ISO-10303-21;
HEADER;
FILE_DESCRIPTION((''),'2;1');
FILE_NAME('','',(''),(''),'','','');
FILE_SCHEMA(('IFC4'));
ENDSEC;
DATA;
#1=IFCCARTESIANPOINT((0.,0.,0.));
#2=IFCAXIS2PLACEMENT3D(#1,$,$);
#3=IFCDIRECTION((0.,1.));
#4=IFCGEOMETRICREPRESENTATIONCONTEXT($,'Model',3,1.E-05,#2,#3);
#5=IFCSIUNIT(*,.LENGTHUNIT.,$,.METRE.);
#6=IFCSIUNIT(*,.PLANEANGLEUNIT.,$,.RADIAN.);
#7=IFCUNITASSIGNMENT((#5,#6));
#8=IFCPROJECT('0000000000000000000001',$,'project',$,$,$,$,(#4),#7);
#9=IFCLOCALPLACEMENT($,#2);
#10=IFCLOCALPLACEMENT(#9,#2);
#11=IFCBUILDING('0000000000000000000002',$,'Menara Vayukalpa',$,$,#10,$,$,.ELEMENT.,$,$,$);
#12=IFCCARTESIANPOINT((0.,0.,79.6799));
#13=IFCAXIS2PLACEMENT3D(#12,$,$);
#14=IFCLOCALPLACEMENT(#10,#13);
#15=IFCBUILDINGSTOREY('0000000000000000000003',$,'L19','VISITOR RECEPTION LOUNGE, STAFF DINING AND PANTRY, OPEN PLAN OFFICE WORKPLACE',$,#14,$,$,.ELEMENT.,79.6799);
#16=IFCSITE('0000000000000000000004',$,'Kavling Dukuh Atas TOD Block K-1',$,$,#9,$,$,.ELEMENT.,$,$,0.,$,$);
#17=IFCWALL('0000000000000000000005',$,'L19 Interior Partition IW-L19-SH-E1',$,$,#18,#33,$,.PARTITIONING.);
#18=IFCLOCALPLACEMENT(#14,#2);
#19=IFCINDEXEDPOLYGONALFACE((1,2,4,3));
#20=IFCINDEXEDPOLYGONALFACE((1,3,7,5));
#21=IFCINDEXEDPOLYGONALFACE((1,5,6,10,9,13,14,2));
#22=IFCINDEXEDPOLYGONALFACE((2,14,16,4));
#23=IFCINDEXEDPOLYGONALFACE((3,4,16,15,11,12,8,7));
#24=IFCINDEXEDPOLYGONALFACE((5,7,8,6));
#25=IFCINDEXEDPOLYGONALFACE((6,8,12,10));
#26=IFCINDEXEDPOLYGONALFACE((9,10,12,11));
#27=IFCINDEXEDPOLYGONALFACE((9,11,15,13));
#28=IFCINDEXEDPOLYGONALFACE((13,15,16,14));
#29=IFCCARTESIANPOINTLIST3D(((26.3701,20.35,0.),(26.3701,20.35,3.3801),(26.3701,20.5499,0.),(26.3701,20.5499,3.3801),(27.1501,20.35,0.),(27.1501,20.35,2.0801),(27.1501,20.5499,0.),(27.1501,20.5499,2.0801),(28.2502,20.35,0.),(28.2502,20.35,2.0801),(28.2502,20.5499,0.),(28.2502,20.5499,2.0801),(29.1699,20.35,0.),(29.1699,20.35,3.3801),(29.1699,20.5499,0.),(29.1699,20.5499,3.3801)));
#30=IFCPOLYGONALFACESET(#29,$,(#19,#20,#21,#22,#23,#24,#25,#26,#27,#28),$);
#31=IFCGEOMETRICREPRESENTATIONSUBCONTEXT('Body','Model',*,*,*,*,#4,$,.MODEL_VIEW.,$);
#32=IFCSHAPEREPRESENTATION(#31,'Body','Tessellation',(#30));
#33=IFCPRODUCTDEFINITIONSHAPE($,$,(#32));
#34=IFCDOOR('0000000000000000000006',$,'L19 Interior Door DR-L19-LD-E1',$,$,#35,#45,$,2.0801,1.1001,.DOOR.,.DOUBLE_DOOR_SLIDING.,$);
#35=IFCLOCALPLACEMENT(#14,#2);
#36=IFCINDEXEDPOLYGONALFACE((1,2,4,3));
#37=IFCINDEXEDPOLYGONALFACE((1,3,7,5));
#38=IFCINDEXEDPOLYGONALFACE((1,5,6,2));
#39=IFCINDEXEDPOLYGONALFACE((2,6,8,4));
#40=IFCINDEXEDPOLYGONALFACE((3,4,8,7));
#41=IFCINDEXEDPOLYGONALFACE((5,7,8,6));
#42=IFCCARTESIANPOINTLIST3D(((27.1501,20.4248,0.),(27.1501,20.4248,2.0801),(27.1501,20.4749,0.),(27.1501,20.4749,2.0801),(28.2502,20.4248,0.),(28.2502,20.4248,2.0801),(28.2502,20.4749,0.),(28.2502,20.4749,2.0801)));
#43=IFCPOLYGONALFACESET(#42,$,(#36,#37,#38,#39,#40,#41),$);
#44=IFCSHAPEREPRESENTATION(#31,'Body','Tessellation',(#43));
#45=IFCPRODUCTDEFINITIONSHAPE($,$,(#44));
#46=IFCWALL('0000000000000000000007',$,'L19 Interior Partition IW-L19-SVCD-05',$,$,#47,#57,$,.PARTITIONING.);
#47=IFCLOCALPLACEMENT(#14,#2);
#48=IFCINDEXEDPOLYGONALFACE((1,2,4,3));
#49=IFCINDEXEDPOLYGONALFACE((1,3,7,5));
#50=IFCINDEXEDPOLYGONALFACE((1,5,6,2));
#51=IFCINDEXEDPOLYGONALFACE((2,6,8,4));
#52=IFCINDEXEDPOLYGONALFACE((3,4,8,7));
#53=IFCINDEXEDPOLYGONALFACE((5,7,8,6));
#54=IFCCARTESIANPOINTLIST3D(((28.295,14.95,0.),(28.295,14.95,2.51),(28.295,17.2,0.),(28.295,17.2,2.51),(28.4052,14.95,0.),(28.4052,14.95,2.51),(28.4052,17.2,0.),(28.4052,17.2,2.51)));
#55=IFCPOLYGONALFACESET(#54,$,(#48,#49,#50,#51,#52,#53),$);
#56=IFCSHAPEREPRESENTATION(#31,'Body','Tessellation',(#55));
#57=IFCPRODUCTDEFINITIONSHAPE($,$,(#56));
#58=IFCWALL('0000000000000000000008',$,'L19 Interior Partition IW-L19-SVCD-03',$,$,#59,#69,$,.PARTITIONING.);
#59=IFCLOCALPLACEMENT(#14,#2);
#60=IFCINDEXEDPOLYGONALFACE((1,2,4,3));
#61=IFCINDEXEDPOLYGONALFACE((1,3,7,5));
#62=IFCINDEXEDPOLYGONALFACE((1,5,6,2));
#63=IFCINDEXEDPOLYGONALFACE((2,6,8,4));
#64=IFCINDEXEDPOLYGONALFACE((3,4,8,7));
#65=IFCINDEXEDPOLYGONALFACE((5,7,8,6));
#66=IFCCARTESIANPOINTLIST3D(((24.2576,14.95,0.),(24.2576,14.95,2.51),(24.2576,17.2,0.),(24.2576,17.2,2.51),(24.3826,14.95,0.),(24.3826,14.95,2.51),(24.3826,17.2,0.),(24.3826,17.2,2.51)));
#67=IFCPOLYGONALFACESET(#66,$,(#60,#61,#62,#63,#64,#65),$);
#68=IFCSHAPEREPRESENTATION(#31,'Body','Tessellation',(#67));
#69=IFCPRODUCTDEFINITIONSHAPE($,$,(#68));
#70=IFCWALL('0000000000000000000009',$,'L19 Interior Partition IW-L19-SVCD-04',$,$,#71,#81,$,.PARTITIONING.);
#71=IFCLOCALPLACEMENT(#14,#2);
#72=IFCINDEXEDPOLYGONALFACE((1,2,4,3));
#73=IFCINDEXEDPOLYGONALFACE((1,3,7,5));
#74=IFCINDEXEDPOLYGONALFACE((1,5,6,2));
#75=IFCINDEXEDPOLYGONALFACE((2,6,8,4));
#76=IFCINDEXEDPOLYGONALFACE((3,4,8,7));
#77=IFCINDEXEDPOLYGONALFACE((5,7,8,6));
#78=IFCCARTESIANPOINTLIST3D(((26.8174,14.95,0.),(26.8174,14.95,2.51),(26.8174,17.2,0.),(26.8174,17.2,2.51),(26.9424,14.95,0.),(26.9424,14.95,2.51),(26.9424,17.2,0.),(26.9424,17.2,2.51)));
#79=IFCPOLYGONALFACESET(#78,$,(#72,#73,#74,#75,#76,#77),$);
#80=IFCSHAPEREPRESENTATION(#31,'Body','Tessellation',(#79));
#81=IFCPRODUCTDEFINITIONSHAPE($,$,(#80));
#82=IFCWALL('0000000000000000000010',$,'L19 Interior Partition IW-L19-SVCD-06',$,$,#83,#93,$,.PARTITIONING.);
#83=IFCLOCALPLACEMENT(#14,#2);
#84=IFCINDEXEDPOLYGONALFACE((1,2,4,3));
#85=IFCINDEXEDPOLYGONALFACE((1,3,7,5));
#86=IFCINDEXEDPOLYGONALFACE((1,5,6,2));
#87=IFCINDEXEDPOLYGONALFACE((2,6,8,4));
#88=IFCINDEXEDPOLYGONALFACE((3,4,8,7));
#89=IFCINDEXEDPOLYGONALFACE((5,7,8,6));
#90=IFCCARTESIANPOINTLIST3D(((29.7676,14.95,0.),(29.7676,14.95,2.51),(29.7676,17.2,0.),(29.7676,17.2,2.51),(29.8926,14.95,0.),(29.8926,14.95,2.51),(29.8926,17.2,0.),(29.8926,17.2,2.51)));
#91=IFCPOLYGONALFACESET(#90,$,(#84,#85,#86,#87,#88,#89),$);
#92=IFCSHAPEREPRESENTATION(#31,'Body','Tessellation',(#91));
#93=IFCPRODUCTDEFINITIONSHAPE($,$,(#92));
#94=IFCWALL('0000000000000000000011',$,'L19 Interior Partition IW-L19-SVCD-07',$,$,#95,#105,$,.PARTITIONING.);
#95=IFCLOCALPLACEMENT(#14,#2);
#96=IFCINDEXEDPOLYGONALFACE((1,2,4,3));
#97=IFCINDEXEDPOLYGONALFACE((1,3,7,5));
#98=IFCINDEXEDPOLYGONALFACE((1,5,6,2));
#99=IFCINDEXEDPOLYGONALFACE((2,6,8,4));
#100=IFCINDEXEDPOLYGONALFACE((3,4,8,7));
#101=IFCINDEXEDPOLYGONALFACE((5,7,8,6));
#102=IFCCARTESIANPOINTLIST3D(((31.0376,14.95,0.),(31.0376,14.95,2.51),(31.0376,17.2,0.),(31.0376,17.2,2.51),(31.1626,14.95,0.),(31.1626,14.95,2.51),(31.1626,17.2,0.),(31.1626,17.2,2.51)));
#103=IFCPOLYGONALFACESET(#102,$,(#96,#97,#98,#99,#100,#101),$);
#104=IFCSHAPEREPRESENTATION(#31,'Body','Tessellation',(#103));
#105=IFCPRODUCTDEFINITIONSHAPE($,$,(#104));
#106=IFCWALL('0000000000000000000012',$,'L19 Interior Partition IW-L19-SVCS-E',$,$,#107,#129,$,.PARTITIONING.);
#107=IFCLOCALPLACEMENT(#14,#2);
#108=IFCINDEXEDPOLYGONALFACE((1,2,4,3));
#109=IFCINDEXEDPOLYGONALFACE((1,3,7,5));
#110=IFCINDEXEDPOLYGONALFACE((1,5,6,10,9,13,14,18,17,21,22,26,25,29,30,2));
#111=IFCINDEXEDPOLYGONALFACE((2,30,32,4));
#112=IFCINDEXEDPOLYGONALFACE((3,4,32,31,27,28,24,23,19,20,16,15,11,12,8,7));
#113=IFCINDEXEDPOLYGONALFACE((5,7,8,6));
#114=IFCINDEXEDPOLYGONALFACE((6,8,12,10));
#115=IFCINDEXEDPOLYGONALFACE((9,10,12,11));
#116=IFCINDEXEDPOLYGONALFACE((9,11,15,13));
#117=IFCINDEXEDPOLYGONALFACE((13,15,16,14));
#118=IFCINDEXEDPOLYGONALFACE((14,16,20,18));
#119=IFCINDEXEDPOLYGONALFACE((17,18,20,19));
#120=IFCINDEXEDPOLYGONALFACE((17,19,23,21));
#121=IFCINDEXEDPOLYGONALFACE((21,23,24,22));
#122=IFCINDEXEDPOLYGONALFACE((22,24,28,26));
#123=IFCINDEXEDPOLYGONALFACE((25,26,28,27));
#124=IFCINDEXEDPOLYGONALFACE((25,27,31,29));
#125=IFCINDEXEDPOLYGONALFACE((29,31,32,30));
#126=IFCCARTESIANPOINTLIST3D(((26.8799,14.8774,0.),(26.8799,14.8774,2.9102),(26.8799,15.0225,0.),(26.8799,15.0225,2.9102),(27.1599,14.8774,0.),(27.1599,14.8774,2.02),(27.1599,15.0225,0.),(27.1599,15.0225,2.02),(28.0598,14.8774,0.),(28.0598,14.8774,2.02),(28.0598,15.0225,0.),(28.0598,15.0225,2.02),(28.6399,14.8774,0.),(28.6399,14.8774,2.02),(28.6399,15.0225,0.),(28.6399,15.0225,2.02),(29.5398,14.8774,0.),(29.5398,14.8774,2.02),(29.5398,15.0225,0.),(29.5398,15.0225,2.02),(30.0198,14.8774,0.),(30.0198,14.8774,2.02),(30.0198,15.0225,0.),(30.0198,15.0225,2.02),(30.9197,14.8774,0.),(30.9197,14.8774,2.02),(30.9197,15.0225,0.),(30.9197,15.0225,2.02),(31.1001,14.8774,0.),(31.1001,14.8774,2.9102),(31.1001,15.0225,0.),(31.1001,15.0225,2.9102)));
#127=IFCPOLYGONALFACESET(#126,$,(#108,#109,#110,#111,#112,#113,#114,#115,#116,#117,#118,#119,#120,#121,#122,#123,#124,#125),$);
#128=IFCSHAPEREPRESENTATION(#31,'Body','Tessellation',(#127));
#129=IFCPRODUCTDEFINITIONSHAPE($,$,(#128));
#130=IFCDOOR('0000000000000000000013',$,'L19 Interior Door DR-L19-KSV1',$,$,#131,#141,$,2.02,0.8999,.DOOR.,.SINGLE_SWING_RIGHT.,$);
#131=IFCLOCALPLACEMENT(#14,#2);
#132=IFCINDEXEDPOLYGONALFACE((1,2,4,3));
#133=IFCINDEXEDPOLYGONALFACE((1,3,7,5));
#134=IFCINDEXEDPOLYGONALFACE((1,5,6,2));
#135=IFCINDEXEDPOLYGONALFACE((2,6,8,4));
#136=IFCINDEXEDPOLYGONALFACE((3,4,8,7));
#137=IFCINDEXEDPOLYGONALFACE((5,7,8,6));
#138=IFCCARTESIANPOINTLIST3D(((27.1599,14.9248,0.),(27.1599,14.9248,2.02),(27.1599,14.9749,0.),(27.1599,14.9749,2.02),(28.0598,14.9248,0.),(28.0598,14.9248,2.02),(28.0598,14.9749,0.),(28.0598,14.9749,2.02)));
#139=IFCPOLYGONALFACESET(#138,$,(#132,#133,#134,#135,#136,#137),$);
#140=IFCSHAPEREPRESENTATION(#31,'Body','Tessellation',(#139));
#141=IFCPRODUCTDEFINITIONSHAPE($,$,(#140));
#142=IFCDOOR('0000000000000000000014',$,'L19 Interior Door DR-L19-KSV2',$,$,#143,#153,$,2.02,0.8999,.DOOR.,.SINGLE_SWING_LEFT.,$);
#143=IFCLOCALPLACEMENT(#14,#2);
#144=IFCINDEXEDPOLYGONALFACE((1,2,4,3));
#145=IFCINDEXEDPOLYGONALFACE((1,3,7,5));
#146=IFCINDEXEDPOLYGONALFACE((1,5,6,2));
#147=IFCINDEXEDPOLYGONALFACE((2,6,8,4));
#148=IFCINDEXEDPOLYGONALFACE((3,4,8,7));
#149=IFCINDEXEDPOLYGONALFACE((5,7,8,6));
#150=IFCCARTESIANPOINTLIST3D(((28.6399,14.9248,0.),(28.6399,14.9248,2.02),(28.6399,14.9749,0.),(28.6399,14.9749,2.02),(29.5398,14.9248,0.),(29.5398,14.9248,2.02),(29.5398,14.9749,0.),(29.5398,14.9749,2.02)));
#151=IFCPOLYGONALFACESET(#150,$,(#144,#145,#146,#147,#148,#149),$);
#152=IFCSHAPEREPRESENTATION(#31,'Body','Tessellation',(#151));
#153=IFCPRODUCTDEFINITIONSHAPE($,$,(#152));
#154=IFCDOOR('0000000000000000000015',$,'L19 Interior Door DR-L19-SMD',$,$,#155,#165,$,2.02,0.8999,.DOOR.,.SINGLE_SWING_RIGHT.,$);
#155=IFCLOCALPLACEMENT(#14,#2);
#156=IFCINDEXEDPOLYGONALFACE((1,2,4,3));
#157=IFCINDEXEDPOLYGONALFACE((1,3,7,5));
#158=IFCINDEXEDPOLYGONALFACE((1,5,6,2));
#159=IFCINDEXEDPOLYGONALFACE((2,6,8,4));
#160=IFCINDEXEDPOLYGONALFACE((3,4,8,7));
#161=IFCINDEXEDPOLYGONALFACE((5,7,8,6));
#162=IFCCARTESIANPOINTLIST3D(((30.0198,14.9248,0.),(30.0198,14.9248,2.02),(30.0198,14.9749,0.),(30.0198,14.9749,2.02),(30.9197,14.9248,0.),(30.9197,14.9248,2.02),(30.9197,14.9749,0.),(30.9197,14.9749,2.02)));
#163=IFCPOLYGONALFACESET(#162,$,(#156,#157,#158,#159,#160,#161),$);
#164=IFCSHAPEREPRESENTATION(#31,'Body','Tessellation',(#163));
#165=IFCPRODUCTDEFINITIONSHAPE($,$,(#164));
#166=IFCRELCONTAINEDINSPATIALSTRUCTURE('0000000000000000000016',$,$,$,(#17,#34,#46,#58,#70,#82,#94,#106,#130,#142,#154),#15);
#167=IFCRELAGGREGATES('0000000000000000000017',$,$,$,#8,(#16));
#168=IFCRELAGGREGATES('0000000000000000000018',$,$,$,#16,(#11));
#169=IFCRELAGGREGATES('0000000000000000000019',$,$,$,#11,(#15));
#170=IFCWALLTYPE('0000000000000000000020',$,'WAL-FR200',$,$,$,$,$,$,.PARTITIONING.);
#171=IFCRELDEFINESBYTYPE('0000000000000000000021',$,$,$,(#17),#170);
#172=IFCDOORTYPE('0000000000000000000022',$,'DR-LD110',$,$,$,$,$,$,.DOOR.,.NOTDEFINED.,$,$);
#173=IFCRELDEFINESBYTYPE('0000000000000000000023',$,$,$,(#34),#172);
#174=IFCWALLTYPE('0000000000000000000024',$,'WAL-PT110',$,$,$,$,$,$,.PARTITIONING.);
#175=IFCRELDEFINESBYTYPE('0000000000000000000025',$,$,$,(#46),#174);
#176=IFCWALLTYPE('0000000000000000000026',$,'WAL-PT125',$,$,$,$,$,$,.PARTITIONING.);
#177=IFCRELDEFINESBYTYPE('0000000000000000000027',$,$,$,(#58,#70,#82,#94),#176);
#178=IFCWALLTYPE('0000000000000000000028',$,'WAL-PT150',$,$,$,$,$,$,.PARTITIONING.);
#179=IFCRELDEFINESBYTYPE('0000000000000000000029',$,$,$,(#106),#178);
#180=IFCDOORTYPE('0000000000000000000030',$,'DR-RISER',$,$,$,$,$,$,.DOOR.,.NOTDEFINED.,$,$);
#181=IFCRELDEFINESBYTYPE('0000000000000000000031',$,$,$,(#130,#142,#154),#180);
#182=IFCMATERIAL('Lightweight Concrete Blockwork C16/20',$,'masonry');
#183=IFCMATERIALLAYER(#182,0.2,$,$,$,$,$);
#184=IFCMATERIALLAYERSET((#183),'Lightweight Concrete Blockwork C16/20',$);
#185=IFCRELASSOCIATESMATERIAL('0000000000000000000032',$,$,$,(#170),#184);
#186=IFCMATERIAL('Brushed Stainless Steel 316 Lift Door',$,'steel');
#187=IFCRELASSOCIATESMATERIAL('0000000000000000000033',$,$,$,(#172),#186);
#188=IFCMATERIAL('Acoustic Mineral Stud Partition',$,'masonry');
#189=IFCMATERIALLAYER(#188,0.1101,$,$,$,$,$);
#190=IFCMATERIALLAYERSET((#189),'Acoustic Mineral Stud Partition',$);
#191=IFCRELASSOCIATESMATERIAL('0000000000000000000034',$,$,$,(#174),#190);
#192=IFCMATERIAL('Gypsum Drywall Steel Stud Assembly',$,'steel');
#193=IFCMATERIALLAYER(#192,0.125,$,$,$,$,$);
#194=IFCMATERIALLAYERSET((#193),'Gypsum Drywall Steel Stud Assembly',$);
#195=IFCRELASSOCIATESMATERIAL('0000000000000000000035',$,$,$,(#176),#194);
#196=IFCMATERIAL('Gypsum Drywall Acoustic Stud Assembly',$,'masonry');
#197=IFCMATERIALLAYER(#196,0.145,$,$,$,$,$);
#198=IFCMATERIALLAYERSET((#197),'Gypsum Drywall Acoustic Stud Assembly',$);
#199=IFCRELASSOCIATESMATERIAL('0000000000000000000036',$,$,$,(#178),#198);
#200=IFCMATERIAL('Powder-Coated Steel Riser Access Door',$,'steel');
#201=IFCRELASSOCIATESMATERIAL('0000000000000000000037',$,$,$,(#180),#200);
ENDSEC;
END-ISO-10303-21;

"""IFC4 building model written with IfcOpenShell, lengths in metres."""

from ifc_helpers import new_model, si_unit, direction, frame, frame_2d, origin, place, context, subcontext, project, spatial, rectangle, extrude, material, layer, layer_set, type_object, element, fill, save


model = new_model("IFC4")

# Units and contexts
model_context = context("Model", 3, precision=1e-05, world=origin(), true_north=direction((0.0, 1.0)))
body_context = subcontext(model_context, "Body", "Model", "MODEL_VIEW")
ifc_project = project(units=[si_unit("LENGTHUNIT", "METRE"), si_unit("PLANEANGLEUNIT", "RADIAN")], contexts=[model_context])

# Site, building, storey
site_placement = place(None, origin())
site = spatial("IfcSite", under=ifc_project, at=site_placement, Name="Kavling Dukuh Atas TOD Block K-1", CompositionType="ELEMENT", RefElevation=0.0)
building_placement = place(site_placement, origin())
building = spatial("IfcBuilding", under=site, at=building_placement, Name="Menara Vayukalpa", CompositionType="ELEMENT")
storey_placement = place(building_placement, frame((0.0, 0.0, 79.6799)))
storey = spatial("IfcBuildingStorey", under=building, at=storey_placement, Name="L19", Description="VISITOR RECEPTION LOUNGE, STAFF DINING AND PANTRY, OPEN PLAN OFFICE WORKPLACE", CompositionType="ELEMENT", Elevation=79.6799)

# Wall, opening, door
ifc_material_1 = material(Name="Lightweight Concrete Blockwork C16/20", Category="masonry")
ifc_layer_1 = layer(ifc_material_1, 0.2)
ifc_layer_set_1 = layer_set([ifc_layer_1], Name="Lightweight Concrete Blockwork C16/20")
wall_type_1 = type_object("IfcWallType", Name="WAL-FR200", PredefinedType="PARTITIONING", material=ifc_layer_set_1)
wall_1_placement = place(storey_placement, frame((26.3701, 20.45, 0.0), z_axis=(0.0, 0.0, 1.0), x_axis=(1.0, 0.0, 0.0)))
wall_1 = element("IfcWall", 1, at=wall_1_placement, inside=storey, type_object=wall_type_1, Name="L19 Interior Partition IW-L19-SH-E1", PredefinedType="PARTITIONING", context=body_context, shape_type="SweptSolid", body=[
    extrude(rectangle(XDim=2.7998, YDim=0.2, at=frame_2d((1.3999, 0.0))), origin(), (0.0, 0.0, 1.0), 3.3801),
])
opening_1_placement = place(wall_1_placement, frame((0.78, 0.0, 0.0)))
opening_1 = element("IfcOpeningElement", 2, at=opening_1_placement, cuts=wall_1, PredefinedType="OPENING", context=body_context, shape_type="SweptSolid", body=[
    extrude(rectangle(XDim=1.1001, YDim=2.0801, at=frame_2d((0.55, 1.04))), frame((0.0, 0.1099, 0.0), z_axis=(0.0, -1.0, 0.0), x_axis=(1.0, 0.0, 0.0)), (0.0, 0.0, 1.0), 0.22),
])
ifc_material_2 = material(Name="Brushed Stainless Steel 316 Lift Door", Category="steel")
door_type_1 = type_object("IfcDoorType", Name="DR-LD110", OperationType="NOTDEFINED", PredefinedType="DOOR", material=ifc_material_2)
door_1_placement = place(opening_1_placement, origin())
door_1 = element("IfcDoor", 3, at=door_1_placement, inside=storey, type_object=door_type_1, Name="L19 Interior Door DR-L19-LD-E1", OperationType="DOUBLE_DOOR_SLIDING", OverallHeight=2.0801, OverallWidth=1.1001, PredefinedType="DOOR", context=body_context, shape_type="SweptSolid", body=[
    extrude(rectangle(XDim=1.1001, YDim=2.0801, at=frame_2d((0.55, 1.04))), frame((0.0, 0.0249, 0.0), z_axis=(0.0, -1.0, 0.0), x_axis=(1.0, 0.0, 0.0)), (0.0, 0.0, 1.0), 0.05),
])
fill(opening_1, door_1)

# Walls
ifc_material_3 = material(Name="Acoustic Mineral Stud Partition", Category="masonry")
ifc_layer_2 = layer(ifc_material_3, 0.1101)
ifc_layer_set_2 = layer_set([ifc_layer_2], Name="Acoustic Mineral Stud Partition")
wall_type_2 = type_object("IfcWallType", Name="WAL-PT110", PredefinedType="PARTITIONING", material=ifc_layer_set_2)
wall_2_placement = place(storey_placement, frame((28.3501, 14.95, 0.0), z_axis=(0.0, 0.0, 1.0), x_axis=(0.0, 1.0, 0.0)))
element("IfcWall", 4, at=wall_2_placement, inside=storey, type_object=wall_type_2, Name="L19 Interior Partition IW-L19-SVCD-05", PredefinedType="PARTITIONING", context=body_context, shape_type="SweptSolid", body=[
    extrude(rectangle(XDim=2.25, YDim=0.1101, at=frame_2d((1.125, 0.0))), origin(), (0.0, 0.0, 1.0), 2.51),
])
ifc_material_4 = material(Name="Gypsum Drywall Steel Stud Assembly", Category="steel")
ifc_layer_3 = layer(ifc_material_4, 0.125)
ifc_layer_set_3 = layer_set([ifc_layer_3], Name="Gypsum Drywall Steel Stud Assembly")
wall_type_3 = type_object("IfcWallType", Name="WAL-PT125", PredefinedType="PARTITIONING", material=ifc_layer_set_3)
for number, where, z_axis, x_axis, name in (
    (5, (24.3201, 14.95, 0.0), (0.0, 0.0, 1.0), (0.0, 1.0, 0.0), "L19 Interior Partition IW-L19-SVCD-03"),
    (6, (26.8799, 14.95, 0.0), (0.0, 0.0, 1.0), (0.0, 1.0, 0.0), "L19 Interior Partition IW-L19-SVCD-04"),
    (7, (29.8301, 14.95, 0.0), (0.0, 0.0, 1.0), (0.0, 1.0, 0.0), "L19 Interior Partition IW-L19-SVCD-06"),
    (8, (31.1001, 14.95, 0.0), (0.0, 0.0, 1.0), (0.0, 1.0, 0.0), "L19 Interior Partition IW-L19-SVCD-07"),
):
    element("IfcWall", number, at=place(storey_placement, frame(where, z_axis=z_axis, x_axis=x_axis)), inside=storey, type_object=wall_type_3, Name=name, PredefinedType="PARTITIONING", context=body_context, shape_type="SweptSolid", body=[
        extrude(rectangle(XDim=2.25, YDim=0.125, at=frame_2d((1.125, 0.0))), origin(), (0.0, 0.0, 1.0), 2.51),
    ])

# Wall, openings, doors
ifc_material_5 = material(Name="Gypsum Drywall Acoustic Stud Assembly", Category="masonry")
ifc_layer_4 = layer(ifc_material_5, 0.145)
ifc_layer_set_4 = layer_set([ifc_layer_4], Name="Gypsum Drywall Acoustic Stud Assembly")
wall_type_4 = type_object("IfcWallType", Name="WAL-PT150", PredefinedType="PARTITIONING", material=ifc_layer_set_4)
wall_3_placement = place(storey_placement, frame((26.8799, 14.95, 0.0), z_axis=(0.0, 0.0, 1.0), x_axis=(1.0, 0.0, 0.0)))
wall_3 = element("IfcWall", 9, at=wall_3_placement, inside=storey, type_object=wall_type_4, Name="L19 Interior Partition IW-L19-SVCS-E", PredefinedType="PARTITIONING", context=body_context, shape_type="SweptSolid", body=[
    extrude(rectangle(XDim=4.2202, YDim=0.145, at=frame_2d((2.1101, 0.0))), origin(), (0.0, 0.0, 1.0), 2.9102),
])
opening_2_placement = place(wall_3_placement, frame((0.28, 0.0, 0.0)))
opening_2 = element("IfcOpeningElement", 10, at=opening_2_placement, cuts=wall_3, PredefinedType="OPENING", context=body_context, shape_type="SweptSolid", body=[
    extrude(rectangle(XDim=0.8999, YDim=2.02, at=frame_2d((0.45, 1.01))), frame((0.0, 0.0825, 0.0), z_axis=(0.0, -1.0, 0.0), x_axis=(1.0, 0.0, 0.0)), (0.0, 0.0, 1.0), 0.165),
])
opening_3_placement = place(wall_3_placement, frame((1.76, 0.0, 0.0)))
opening_3 = element("IfcOpeningElement", 11, at=opening_3_placement, cuts=wall_3, PredefinedType="OPENING", context=body_context, shape_type="SweptSolid", body=[
    extrude(rectangle(XDim=0.8999, YDim=2.02, at=frame_2d((0.45, 1.01))), frame((0.0, 0.0825, 0.0), z_axis=(0.0, -1.0, 0.0), x_axis=(1.0, 0.0, 0.0)), (0.0, 0.0, 1.0), 0.165),
])
opening_4_placement = place(wall_3_placement, frame((3.1399, 0.0, 0.0)))
opening_4 = element("IfcOpeningElement", 12, at=opening_4_placement, cuts=wall_3, PredefinedType="OPENING", context=body_context, shape_type="SweptSolid", body=[
    extrude(rectangle(XDim=0.8999, YDim=2.02, at=frame_2d((0.45, 1.01))), frame((0.0, 0.0825, 0.0), z_axis=(0.0, -1.0, 0.0), x_axis=(1.0, 0.0, 0.0)), (0.0, 0.0, 1.0), 0.165),
])
ifc_material_6 = material(Name="Powder-Coated Steel Riser Access Door", Category="steel")
door_type_2 = type_object("IfcDoorType", Name="DR-RISER", OperationType="NOTDEFINED", PredefinedType="DOOR", material=ifc_material_6)
door_2_placement = place(opening_2_placement, origin())
door_2 = element("IfcDoor", 13, at=door_2_placement, inside=storey, type_object=door_type_2, Name="L19 Interior Door DR-L19-KSV1", OperationType="SINGLE_SWING_RIGHT", OverallHeight=2.02, OverallWidth=0.8999, PredefinedType="DOOR", context=body_context, shape_type="SweptSolid", body=[
    extrude(rectangle(XDim=0.8999, YDim=2.02, at=frame_2d((0.45, 1.01))), frame((0.0, 0.0249, 0.0), z_axis=(0.0, -1.0, 0.0), x_axis=(1.0, 0.0, 0.0)), (0.0, 0.0, 1.0), 0.05),
])
fill(opening_2, door_2)
door_3_placement = place(opening_3_placement, origin())
door_3 = element("IfcDoor", 14, at=door_3_placement, inside=storey, type_object=door_type_2, Name="L19 Interior Door DR-L19-KSV2", OperationType="SINGLE_SWING_LEFT", OverallHeight=2.02, OverallWidth=0.8999, PredefinedType="DOOR", context=body_context, shape_type="SweptSolid", body=[
    extrude(rectangle(XDim=0.8999, YDim=2.02, at=frame_2d((0.45, 1.01))), frame((0.0, 0.0249, 0.0), z_axis=(0.0, -1.0, 0.0), x_axis=(1.0, 0.0, 0.0)), (0.0, 0.0, 1.0), 0.05),
])
fill(opening_3, door_3)
door_4_placement = place(opening_4_placement, origin())
door_4 = element("IfcDoor", 15, at=door_4_placement, inside=storey, type_object=door_type_2, Name="L19 Interior Door DR-L19-SMD", OperationType="SINGLE_SWING_RIGHT", OverallHeight=2.02, OverallWidth=0.8999, PredefinedType="DOOR", context=body_context, shape_type="SweptSolid", body=[
    extrude(rectangle(XDim=0.8999, YDim=2.02, at=frame_2d((0.45, 1.01))), frame((0.0, 0.0249, 0.0), z_axis=(0.0, -1.0, 0.0), x_axis=(1.0, 0.0, 0.0)), (0.0, 0.0, 1.0), 0.05),
])
fill(opening_4, door_4)

save(model, "model.ifc")
